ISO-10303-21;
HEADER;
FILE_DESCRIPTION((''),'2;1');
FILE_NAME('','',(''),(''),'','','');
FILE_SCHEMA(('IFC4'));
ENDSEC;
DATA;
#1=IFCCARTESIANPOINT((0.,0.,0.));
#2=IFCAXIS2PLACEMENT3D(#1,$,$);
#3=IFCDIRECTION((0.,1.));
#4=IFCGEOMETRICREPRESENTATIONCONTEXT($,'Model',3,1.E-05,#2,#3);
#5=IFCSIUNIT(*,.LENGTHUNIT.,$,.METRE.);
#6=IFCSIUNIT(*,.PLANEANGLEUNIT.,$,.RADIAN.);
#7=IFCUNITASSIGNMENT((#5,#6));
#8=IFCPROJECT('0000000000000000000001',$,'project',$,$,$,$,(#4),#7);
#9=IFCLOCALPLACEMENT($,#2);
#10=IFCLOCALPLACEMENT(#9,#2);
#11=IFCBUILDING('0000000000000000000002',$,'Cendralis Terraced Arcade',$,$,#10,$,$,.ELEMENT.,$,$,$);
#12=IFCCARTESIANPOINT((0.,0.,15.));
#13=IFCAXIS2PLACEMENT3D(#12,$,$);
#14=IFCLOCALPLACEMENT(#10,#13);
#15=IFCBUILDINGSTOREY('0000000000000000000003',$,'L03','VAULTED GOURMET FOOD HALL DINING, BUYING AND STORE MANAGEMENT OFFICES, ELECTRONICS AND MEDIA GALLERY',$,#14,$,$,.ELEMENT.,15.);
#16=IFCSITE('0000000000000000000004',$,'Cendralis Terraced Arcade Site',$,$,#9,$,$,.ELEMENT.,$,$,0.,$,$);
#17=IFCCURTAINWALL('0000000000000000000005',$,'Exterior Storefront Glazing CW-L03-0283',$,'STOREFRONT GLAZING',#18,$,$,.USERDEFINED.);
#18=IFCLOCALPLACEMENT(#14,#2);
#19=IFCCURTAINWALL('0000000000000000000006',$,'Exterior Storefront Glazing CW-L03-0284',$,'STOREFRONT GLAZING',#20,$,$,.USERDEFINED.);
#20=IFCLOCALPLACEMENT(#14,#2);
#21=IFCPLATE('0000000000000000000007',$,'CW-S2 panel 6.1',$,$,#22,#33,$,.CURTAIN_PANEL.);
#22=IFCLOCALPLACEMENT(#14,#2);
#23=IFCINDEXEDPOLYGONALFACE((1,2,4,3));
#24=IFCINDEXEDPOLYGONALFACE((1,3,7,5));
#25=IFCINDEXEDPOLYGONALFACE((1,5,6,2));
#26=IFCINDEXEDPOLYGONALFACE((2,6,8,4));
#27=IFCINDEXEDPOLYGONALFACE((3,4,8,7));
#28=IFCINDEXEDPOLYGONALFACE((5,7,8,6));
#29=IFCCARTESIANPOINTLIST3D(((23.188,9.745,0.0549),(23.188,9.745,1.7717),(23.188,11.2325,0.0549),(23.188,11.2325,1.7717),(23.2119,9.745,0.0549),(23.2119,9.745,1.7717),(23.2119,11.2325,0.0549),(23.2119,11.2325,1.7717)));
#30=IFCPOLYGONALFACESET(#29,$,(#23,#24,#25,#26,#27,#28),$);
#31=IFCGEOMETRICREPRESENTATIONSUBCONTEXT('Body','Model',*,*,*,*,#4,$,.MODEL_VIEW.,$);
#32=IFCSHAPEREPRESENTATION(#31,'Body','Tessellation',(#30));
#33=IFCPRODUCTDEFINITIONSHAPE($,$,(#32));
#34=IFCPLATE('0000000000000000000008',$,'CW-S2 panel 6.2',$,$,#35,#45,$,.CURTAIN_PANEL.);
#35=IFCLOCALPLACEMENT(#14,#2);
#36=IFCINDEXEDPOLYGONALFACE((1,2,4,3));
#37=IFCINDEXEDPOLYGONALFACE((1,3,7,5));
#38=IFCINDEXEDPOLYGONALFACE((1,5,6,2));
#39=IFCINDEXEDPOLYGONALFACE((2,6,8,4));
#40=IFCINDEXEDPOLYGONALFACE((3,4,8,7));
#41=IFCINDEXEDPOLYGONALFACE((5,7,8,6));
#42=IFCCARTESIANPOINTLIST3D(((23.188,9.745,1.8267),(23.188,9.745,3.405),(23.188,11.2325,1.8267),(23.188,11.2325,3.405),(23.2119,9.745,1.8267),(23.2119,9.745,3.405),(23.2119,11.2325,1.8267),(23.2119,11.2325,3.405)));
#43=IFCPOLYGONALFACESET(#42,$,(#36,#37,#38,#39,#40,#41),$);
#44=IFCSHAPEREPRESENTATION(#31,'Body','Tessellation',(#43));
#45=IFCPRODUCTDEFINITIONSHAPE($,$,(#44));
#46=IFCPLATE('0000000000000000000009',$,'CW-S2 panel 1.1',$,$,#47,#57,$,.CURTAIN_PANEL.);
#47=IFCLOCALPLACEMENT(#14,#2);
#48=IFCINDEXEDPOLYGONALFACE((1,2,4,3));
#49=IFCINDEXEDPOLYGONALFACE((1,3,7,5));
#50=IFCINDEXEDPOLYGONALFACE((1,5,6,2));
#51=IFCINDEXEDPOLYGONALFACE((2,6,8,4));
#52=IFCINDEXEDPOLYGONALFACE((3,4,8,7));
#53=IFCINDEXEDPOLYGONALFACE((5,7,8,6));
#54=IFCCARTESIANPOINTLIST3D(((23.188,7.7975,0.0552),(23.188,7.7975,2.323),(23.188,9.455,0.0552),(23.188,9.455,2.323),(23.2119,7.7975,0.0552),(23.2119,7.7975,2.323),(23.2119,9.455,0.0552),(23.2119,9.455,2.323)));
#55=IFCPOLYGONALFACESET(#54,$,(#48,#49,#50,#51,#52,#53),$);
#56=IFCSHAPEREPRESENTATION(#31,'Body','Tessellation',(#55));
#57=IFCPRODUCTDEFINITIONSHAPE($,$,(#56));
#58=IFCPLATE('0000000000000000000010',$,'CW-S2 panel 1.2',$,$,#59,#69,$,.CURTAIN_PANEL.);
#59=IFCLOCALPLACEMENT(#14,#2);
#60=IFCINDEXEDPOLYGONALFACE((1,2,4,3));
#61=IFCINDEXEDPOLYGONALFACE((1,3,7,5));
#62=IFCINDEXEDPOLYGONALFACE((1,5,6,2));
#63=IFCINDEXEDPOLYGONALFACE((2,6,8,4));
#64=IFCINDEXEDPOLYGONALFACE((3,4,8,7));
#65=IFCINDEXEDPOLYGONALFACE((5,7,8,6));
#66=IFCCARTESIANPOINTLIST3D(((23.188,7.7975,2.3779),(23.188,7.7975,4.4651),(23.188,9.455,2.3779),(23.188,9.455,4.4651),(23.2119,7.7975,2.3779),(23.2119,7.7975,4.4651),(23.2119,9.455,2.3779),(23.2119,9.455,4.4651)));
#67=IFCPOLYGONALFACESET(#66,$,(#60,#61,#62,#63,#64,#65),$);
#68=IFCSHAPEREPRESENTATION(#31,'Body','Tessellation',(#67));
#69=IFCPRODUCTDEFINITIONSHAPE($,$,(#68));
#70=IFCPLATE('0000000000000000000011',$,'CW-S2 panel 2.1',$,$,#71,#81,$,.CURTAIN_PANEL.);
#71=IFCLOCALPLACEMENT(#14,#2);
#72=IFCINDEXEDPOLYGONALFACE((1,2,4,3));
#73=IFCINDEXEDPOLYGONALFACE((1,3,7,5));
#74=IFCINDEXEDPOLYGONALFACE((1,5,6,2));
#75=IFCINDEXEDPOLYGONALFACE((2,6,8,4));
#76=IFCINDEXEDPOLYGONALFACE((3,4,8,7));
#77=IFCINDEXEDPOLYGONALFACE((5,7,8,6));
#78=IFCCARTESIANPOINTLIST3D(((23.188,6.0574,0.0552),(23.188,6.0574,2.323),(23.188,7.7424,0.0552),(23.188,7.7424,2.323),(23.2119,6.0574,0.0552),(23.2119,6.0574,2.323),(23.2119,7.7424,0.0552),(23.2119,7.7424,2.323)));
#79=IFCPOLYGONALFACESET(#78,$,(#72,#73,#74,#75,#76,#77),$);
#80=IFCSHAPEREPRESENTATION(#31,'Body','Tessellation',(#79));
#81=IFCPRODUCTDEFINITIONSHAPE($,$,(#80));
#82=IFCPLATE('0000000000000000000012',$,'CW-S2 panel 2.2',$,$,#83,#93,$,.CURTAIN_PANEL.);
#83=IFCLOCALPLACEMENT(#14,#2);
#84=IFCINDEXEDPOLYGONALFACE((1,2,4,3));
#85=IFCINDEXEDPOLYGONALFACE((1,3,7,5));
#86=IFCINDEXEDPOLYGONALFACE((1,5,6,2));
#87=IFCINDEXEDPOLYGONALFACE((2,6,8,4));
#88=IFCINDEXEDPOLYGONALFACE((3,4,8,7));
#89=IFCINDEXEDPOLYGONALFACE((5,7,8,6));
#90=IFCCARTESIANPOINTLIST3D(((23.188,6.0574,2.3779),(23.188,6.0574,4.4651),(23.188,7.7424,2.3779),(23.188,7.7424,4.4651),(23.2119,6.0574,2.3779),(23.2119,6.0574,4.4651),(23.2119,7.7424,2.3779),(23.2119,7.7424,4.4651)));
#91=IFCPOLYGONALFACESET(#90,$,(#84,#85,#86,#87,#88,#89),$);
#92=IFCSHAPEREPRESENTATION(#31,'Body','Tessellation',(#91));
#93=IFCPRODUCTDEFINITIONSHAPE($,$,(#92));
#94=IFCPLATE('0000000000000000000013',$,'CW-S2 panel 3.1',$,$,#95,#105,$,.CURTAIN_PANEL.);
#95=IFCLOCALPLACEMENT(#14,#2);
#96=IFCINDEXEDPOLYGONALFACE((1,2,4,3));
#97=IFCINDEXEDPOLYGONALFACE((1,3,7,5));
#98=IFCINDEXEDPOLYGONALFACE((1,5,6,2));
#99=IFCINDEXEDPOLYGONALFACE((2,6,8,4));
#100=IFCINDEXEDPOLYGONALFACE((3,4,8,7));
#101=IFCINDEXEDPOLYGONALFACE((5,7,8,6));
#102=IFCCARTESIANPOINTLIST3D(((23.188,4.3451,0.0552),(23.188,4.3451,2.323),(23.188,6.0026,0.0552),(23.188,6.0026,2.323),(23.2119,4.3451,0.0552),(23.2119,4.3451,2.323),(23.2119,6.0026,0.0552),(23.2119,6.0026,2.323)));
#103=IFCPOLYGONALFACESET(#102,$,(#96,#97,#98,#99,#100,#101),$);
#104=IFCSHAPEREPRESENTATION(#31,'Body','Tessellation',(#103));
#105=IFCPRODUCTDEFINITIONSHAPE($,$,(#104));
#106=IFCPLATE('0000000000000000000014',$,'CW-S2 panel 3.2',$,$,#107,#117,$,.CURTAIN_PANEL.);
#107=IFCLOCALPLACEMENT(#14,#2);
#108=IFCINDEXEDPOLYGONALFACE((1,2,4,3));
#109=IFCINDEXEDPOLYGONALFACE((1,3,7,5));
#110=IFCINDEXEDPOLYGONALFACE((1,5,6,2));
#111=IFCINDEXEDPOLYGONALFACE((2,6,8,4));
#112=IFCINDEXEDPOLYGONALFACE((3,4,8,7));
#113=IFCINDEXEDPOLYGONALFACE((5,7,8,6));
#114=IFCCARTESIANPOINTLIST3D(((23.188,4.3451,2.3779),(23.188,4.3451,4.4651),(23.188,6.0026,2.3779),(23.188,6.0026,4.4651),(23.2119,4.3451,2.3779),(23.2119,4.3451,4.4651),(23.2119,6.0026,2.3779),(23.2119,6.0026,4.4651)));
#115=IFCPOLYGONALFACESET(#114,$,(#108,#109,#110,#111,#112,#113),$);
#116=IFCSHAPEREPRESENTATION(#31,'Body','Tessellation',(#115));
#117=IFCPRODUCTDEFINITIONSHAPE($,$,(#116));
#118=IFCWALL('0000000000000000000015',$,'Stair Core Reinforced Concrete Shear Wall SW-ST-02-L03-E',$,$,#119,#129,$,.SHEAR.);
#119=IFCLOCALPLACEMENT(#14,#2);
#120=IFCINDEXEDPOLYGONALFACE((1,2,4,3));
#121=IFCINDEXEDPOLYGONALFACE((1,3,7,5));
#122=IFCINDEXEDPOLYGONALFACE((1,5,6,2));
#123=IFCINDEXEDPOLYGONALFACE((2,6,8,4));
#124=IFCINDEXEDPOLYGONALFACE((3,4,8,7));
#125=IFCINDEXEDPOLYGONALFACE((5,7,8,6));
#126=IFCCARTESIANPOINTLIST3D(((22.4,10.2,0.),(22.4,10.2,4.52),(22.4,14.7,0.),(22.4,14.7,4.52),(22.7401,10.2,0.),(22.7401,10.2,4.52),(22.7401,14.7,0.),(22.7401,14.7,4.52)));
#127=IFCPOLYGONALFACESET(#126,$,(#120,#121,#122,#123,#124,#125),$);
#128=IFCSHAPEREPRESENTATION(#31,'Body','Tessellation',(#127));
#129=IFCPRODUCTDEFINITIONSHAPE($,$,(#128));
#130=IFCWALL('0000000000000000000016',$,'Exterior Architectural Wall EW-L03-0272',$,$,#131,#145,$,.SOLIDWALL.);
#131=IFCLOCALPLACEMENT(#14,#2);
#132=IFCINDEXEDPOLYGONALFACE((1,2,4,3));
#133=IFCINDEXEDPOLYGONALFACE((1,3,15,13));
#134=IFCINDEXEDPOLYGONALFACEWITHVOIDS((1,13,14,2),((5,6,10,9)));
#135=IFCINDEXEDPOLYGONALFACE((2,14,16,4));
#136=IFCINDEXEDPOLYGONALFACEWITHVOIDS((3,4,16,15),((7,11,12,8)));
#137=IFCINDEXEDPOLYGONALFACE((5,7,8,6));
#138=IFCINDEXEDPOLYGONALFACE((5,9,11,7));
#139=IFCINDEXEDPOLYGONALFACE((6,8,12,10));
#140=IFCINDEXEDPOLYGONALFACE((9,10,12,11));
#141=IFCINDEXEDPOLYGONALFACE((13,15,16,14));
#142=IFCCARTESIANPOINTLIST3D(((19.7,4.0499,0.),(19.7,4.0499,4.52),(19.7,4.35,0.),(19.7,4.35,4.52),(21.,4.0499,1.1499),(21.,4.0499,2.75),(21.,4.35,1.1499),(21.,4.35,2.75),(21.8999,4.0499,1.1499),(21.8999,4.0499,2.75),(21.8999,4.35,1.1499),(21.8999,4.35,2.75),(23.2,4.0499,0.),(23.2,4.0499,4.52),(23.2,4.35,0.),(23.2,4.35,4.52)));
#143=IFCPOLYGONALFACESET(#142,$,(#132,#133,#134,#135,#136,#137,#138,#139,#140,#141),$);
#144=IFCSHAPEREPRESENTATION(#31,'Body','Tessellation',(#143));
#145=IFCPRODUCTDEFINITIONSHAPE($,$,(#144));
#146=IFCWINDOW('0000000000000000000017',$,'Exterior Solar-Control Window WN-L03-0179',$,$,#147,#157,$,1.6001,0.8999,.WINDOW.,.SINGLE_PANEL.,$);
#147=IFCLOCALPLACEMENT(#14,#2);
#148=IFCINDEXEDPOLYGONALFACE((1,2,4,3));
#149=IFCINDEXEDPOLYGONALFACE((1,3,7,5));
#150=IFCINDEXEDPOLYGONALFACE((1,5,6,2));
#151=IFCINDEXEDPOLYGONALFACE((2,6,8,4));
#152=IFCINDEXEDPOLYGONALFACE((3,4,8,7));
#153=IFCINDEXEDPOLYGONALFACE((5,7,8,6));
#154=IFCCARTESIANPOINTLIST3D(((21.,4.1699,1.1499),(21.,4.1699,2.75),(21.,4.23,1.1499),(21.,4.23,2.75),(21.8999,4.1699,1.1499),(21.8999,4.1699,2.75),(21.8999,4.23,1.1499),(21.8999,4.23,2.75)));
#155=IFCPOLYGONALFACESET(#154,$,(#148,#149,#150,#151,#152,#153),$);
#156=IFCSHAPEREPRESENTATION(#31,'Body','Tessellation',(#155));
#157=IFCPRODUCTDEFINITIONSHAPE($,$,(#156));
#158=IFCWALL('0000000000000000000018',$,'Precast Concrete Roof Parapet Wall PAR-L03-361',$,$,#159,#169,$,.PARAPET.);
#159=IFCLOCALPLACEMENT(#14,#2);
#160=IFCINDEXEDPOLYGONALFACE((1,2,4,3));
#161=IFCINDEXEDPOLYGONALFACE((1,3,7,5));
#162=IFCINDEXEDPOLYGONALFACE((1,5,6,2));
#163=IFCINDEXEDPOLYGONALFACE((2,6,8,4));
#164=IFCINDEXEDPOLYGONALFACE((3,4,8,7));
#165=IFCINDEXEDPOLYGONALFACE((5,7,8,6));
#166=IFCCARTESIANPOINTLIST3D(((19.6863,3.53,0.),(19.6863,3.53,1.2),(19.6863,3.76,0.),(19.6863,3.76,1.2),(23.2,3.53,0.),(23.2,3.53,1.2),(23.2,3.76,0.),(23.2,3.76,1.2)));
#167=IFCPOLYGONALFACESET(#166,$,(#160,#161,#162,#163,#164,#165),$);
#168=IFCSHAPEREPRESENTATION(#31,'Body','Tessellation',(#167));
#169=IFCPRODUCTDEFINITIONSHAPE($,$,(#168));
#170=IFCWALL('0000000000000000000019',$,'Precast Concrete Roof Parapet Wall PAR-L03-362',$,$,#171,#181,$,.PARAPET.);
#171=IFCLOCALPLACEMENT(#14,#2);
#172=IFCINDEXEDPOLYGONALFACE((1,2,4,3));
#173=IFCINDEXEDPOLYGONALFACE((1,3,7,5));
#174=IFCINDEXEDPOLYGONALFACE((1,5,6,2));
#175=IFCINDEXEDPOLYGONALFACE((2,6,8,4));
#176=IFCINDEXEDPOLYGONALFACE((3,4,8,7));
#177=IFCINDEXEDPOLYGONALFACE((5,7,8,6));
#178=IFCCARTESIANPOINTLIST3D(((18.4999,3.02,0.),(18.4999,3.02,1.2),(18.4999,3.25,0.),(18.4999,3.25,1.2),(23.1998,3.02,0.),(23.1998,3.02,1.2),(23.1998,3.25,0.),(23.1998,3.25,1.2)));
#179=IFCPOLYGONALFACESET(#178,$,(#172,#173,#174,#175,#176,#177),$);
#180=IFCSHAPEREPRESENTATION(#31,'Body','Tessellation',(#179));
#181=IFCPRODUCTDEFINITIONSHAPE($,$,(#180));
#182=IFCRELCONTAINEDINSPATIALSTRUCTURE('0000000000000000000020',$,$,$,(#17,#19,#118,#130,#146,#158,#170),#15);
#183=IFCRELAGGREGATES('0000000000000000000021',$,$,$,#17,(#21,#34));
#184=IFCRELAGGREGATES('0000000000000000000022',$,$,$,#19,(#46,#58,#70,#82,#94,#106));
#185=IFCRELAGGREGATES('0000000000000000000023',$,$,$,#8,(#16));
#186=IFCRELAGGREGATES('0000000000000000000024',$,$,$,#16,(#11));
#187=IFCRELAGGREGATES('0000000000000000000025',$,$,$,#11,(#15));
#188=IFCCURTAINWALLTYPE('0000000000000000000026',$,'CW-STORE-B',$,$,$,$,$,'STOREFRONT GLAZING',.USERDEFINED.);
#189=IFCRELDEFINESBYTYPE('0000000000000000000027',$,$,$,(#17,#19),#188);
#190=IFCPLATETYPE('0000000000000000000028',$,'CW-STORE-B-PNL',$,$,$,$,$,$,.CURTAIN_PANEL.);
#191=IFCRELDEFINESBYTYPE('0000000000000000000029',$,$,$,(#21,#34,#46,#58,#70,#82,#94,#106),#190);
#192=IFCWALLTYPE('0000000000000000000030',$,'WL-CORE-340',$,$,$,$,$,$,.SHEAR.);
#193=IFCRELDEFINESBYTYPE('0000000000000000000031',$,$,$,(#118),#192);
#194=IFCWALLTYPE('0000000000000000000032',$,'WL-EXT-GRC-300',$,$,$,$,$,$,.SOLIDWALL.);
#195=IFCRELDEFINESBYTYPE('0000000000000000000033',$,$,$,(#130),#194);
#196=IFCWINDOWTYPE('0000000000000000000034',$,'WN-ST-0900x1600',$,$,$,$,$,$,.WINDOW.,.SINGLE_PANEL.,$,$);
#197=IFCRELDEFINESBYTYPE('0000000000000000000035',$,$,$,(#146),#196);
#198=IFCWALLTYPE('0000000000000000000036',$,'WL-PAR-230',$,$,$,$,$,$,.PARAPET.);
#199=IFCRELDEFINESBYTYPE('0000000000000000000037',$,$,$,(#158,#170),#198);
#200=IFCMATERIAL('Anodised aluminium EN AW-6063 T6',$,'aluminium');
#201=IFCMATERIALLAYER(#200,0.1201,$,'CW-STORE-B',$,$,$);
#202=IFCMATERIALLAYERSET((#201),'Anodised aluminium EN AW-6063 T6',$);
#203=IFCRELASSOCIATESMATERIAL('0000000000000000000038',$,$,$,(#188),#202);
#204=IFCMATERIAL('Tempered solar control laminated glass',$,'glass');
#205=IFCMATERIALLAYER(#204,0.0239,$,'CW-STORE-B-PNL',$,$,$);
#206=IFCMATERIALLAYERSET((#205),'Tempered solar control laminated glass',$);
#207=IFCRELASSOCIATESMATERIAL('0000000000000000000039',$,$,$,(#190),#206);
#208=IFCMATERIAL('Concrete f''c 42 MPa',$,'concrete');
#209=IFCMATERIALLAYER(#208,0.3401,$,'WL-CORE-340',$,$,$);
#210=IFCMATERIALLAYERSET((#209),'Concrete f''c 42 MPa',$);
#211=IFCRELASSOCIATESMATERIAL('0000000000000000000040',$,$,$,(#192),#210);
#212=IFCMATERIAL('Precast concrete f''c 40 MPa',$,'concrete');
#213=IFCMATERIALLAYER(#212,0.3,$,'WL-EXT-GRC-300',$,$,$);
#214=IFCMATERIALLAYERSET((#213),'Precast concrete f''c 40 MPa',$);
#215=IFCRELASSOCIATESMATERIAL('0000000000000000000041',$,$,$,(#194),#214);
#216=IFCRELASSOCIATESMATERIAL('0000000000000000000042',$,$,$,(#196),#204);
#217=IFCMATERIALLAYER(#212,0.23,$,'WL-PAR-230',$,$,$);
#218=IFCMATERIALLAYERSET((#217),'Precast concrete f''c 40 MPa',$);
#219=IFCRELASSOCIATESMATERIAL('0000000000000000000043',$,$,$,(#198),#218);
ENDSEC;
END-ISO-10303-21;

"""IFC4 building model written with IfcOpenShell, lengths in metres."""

from ifc_helpers import new_model, si_unit, direction, frame, frame_2d, origin, origin_2d, place, context, subcontext, project, spatial, rectangle, extrude, material, layer, layer_set, type_object, element, fill, aggregate, save


model = new_model("IFC4")

# Units and contexts
model_context = context("Model", 3, precision=1e-05, world=origin(), true_north=direction((0.0, 1.0)))
body_context = subcontext(model_context, "Body", "Model", "MODEL_VIEW")
ifc_project = project(units=[si_unit("LENGTHUNIT", "METRE"), si_unit("PLANEANGLEUNIT", "RADIAN")], contexts=[model_context])

# Site, building, storey
site_placement = place(None, origin())
site = spatial("IfcSite", under=ifc_project, at=site_placement, Name="Cendralis Terraced Arcade Site", CompositionType="ELEMENT", RefElevation=0.0)
building_placement = place(site_placement, origin())
building = spatial("IfcBuilding", under=site, at=building_placement, Name="Cendralis Terraced Arcade", CompositionType="ELEMENT")
storey_placement = place(building_placement, frame((0.0, 0.0, 15.0)))
storey = spatial("IfcBuildingStorey", under=building, at=storey_placement, Name="L03", Description="VAULTED GOURMET FOOD HALL DINING, BUYING AND STORE MANAGEMENT OFFICES, ELECTRONICS AND MEDIA GALLERY", CompositionType="ELEMENT", Elevation=15.0)

# Curtain wall
ifc_material_1 = material(Name="Anodised aluminium EN AW-6063 T6", Category="aluminium")
ifc_layer_1 = layer(ifc_material_1, 0.1201, Name="CW-STORE-B")
ifc_layer_set_1 = layer_set([ifc_layer_1], Name="Anodised aluminium EN AW-6063 T6")
curtain_wall_type = type_object("IfcCurtainWallType", Name="CW-STORE-B", ElementType="STOREFRONT GLAZING", PredefinedType="USERDEFINED", material=ifc_layer_set_1)
curtain_wall_1_placement = place(storey_placement, origin())
curtain_wall_1 = element("IfcCurtainWall", 1, at=curtain_wall_1_placement, inside=storey, type_object=curtain_wall_type, Name="Exterior Storefront Glazing CW-L03-0283", ObjectType="STOREFRONT GLAZING", PredefinedType="USERDEFINED")

# Curtain wall
curtain_wall_2_placement = place(storey_placement, origin())
curtain_wall_2 = element("IfcCurtainWall", 2, at=curtain_wall_2_placement, inside=storey, type_object=curtain_wall_type, Name="Exterior Storefront Glazing CW-L03-0284", ObjectType="STOREFRONT GLAZING", PredefinedType="USERDEFINED")

# Plates
ifc_material_2 = material(Name="Tempered solar control laminated glass", Category="glass")
ifc_layer_2 = layer(ifc_material_2, 0.0239, Name="CW-STORE-B-PNL")
ifc_layer_set_2 = layer_set([ifc_layer_2], Name="Tempered solar control laminated glass")
plate_type = type_object("IfcPlateType", Name="CW-STORE-B-PNL", PredefinedType="CURTAIN_PANEL", material=ifc_layer_set_2)
plate_1_placement = place(storey_placement, frame((23.2, 10.4888, 0.0549), z_axis=(0.0, 0.0, 1.0), x_axis=(0.0, -1.0, 0.0)))
plate_1 = element("IfcPlate", 3, at=plate_1_placement, type_object=plate_type, Name="CW-S2 panel 6.1", PredefinedType="CURTAIN_PANEL", context=body_context, shape_type="SweptSolid", body=[
    extrude(rectangle(XDim=1.4875, YDim=0.0239, at=origin_2d()), origin(), (0.0, 0.0, 1.0), 1.7168),
])
plate_2_placement = place(storey_placement, frame((23.2, 10.4888, 1.8267), z_axis=(0.0, 0.0, 1.0), x_axis=(0.0, -1.0, 0.0)))
plate_2 = element("IfcPlate", 4, at=plate_2_placement, type_object=plate_type, Name="CW-S2 panel 6.2", PredefinedType="CURTAIN_PANEL", context=body_context, shape_type="SweptSolid", body=[
    extrude(rectangle(XDim=1.4875, YDim=0.0239, at=origin_2d()), origin(), (0.0, 0.0, 1.0), 1.5784),
])
aggregate(curtain_wall_1, [plate_1, plate_2])
plate_3_placement = place(storey_placement, frame((23.2, 8.6262, 0.0552), z_axis=(0.0, 0.0, 1.0), x_axis=(0.0, -1.0, 0.0)))
plate_3 = element("IfcPlate", 5, at=plate_3_placement, type_object=plate_type, Name="CW-S2 panel 1.1", PredefinedType="CURTAIN_PANEL", context=body_context, shape_type="SweptSolid", body=[
    extrude(rectangle(XDim=1.6575, YDim=0.0239, at=origin_2d()), origin(), (0.0, 0.0, 1.0), 2.2678),
])
plate_4_placement = place(storey_placement, frame((23.2, 8.6262, 2.3779), z_axis=(0.0, 0.0, 1.0), x_axis=(0.0, -1.0, 0.0)))
plate_4 = element("IfcPlate", 6, at=plate_4_placement, type_object=plate_type, Name="CW-S2 panel 1.2", PredefinedType="CURTAIN_PANEL", context=body_context, shape_type="SweptSolid", body=[
    extrude(rectangle(XDim=1.6575, YDim=0.0239, at=origin_2d()), origin(), (0.0, 0.0, 1.0), 2.0872),
])
plate_5_placement = place(storey_placement, frame((23.2, 6.8999, 0.0552), z_axis=(0.0, 0.0, 1.0), x_axis=(0.0, -1.0, 0.0)))
plate_5 = element("IfcPlate", 7, at=plate_5_placement, type_object=plate_type, Name="CW-S2 panel 2.1", PredefinedType="CURTAIN_PANEL", context=body_context, shape_type="SweptSolid", body=[
    extrude(rectangle(XDim=1.6851, YDim=0.0239, at=origin_2d()), origin(), (0.0, 0.0, 1.0), 2.2678),
])
plate_6_placement = place(storey_placement, frame((23.2, 6.8999, 2.3779), z_axis=(0.0, 0.0, 1.0), x_axis=(0.0, -1.0, 0.0)))
plate_6 = element("IfcPlate", 8, at=plate_6_placement, type_object=plate_type, Name="CW-S2 panel 2.2", PredefinedType="CURTAIN_PANEL", context=body_context, shape_type="SweptSolid", body=[
    extrude(rectangle(XDim=1.6851, YDim=0.0239, at=origin_2d()), origin(), (0.0, 0.0, 1.0), 2.0872),
])
plate_7_placement = place(storey_placement, frame((23.2, 5.1738, 0.0552), z_axis=(0.0, 0.0, 1.0), x_axis=(0.0, -1.0, 0.0)))
plate_7 = element("IfcPlate", 9, at=plate_7_placement, type_object=plate_type, Name="CW-S2 panel 3.1", PredefinedType="CURTAIN_PANEL", context=body_context, shape_type="SweptSolid", body=[
    extrude(rectangle(XDim=1.6575, YDim=0.0239, at=origin_2d()), origin(), (0.0, 0.0, 1.0), 2.2678),
])
plate_8_placement = place(storey_placement, frame((23.2, 5.1738, 2.3779), z_axis=(0.0, 0.0, 1.0), x_axis=(0.0, -1.0, 0.0)))
plate_8 = element("IfcPlate", 10, at=plate_8_placement, type_object=plate_type, Name="CW-S2 panel 3.2", PredefinedType="CURTAIN_PANEL", context=body_context, shape_type="SweptSolid", body=[
    extrude(rectangle(XDim=1.6575, YDim=0.0239, at=origin_2d()), origin(), (0.0, 0.0, 1.0), 2.0872),
])
aggregate(curtain_wall_2, [plate_3, plate_4, plate_5, plate_6, plate_7, plate_8])

# Wall
ifc_material_3 = material(Name="Concrete f'c 42 MPa", Category="concrete")
ifc_layer_3 = layer(ifc_material_3, 0.3401, Name="WL-CORE-340")
ifc_layer_set_3 = layer_set([ifc_layer_3], Name="Concrete f'c 42 MPa")
wall_type_1 = type_object("IfcWallType", Name="WL-CORE-340", PredefinedType="SHEAR", material=ifc_layer_set_3)
wall_1_placement = place(storey_placement, frame((22.5701, 10.2, 0.0), z_axis=(0.0, 0.0, 1.0), x_axis=(0.0, 1.0, 0.0)))
element("IfcWall", 11, at=wall_1_placement, inside=storey, type_object=wall_type_1, Name="Stair Core Reinforced Concrete Shear Wall SW-ST-02-L03-E", PredefinedType="SHEAR", context=body_context, shape_type="SweptSolid", body=[
    extrude(rectangle(XDim=4.5, YDim=0.3401, at=frame_2d((2.25, 0.0))), origin(), (0.0, 0.0, 1.0), 4.52),
])

# Wall, opening, window
ifc_material_4 = material(Name="Precast concrete f'c 40 MPa", Category="concrete")
ifc_layer_4 = layer(ifc_material_4, 0.3, Name="WL-EXT-GRC-300")
ifc_layer_set_4 = layer_set([ifc_layer_4], Name="Precast concrete f'c 40 MPa")
wall_type_2 = type_object("IfcWallType", Name="WL-EXT-GRC-300", PredefinedType="SOLIDWALL", material=ifc_layer_set_4)
wall_2_placement = place(storey_placement, frame((23.2, 4.2, 0.0), z_axis=(0.0, 0.0, 1.0), x_axis=(-1.0, 0.0, 0.0)))
wall_2 = element("IfcWall", 12, at=wall_2_placement, inside=storey, type_object=wall_type_2, Name="Exterior Architectural Wall EW-L03-0272", PredefinedType="SOLIDWALL", context=body_context, shape_type="SweptSolid", body=[
    extrude(rectangle(XDim=3.5, YDim=0.3, at=frame_2d((1.75, 0.0))), origin(), (0.0, 0.0, 1.0), 4.52),
])
opening_placement = place(wall_2_placement, frame((1.3, 0.0, 1.1499)))
opening = element("IfcOpeningElement", 13, at=opening_placement, cuts=wall_2, PredefinedType="OPENING", context=body_context, shape_type="SweptSolid", body=[
    extrude(rectangle(XDim=0.8999, YDim=1.6001, at=frame_2d((0.45, 0.8))), frame((0.0, 0.1621, 0.0), z_axis=(0.0, -1.0, 0.0), x_axis=(1.0, 0.0, 0.0)), (0.0, 0.0, 1.0), 0.324),
])
window_type = type_object("IfcWindowType", Name="WN-ST-0900x1600", PartitioningType="SINGLE_PANEL", PredefinedType="WINDOW", material=ifc_material_2)
window_placement = place(opening_placement, origin())
window = element("IfcWindow", 14, at=window_placement, inside=storey, type_object=window_type, Name="Exterior Solar-Control Window WN-L03-0179", OverallHeight=1.6001, OverallWidth=0.8999, PartitioningType="SINGLE_PANEL", PredefinedType="WINDOW", context=body_context, shape_type="SweptSolid", body=[
    extrude(rectangle(XDim=0.8999, YDim=1.6001, at=frame_2d((0.45, 0.8))), frame((0.0, 0.03, 0.0), z_axis=(0.0, -1.0, 0.0), x_axis=(1.0, 0.0, 0.0)), (0.0, 0.0, 1.0), 0.0601),
])
fill(opening, window)

# Walls
ifc_layer_5 = layer(ifc_material_4, 0.23, Name="WL-PAR-230")
ifc_layer_set_5 = layer_set([ifc_layer_5], Name="Precast concrete f'c 40 MPa")
wall_type_3 = type_object("IfcWallType", Name="WL-PAR-230", PredefinedType="PARAPET", material=ifc_layer_set_5)
wall_3_placement = place(storey_placement, frame((19.6863, 3.645, 0.0), z_axis=(0.0, 0.0, 1.0), x_axis=(1.0, 0.0, 0.0)))
element("IfcWall", 15, at=wall_3_placement, inside=storey, type_object=wall_type_3, Name="Precast Concrete Roof Parapet Wall PAR-L03-361", PredefinedType="PARAPET", context=body_context, shape_type="SweptSolid", body=[
    extrude(rectangle(XDim=3.5137, YDim=0.23, at=frame_2d((1.7568, 0.0))), origin(), (0.0, 0.0, 1.0), 1.2),
])
wall_4_placement = place(storey_placement, frame((23.2, 3.135, 0.0), z_axis=(0.0, 0.0, 1.0), x_axis=(-1.0, 0.0, 0.0)))
element("IfcWall", 16, at=wall_4_placement, inside=storey, type_object=wall_type_3, Name="Precast Concrete Roof Parapet Wall PAR-L03-362", PredefinedType="PARAPET", context=body_context, shape_type="SweptSolid", body=[
    extrude(rectangle(XDim=4.7, YDim=0.23, at=frame_2d((2.3501, 0.0))), origin(), (0.0, 0.0, 1.0), 1.2),
])

save(model, "model.ifc")
